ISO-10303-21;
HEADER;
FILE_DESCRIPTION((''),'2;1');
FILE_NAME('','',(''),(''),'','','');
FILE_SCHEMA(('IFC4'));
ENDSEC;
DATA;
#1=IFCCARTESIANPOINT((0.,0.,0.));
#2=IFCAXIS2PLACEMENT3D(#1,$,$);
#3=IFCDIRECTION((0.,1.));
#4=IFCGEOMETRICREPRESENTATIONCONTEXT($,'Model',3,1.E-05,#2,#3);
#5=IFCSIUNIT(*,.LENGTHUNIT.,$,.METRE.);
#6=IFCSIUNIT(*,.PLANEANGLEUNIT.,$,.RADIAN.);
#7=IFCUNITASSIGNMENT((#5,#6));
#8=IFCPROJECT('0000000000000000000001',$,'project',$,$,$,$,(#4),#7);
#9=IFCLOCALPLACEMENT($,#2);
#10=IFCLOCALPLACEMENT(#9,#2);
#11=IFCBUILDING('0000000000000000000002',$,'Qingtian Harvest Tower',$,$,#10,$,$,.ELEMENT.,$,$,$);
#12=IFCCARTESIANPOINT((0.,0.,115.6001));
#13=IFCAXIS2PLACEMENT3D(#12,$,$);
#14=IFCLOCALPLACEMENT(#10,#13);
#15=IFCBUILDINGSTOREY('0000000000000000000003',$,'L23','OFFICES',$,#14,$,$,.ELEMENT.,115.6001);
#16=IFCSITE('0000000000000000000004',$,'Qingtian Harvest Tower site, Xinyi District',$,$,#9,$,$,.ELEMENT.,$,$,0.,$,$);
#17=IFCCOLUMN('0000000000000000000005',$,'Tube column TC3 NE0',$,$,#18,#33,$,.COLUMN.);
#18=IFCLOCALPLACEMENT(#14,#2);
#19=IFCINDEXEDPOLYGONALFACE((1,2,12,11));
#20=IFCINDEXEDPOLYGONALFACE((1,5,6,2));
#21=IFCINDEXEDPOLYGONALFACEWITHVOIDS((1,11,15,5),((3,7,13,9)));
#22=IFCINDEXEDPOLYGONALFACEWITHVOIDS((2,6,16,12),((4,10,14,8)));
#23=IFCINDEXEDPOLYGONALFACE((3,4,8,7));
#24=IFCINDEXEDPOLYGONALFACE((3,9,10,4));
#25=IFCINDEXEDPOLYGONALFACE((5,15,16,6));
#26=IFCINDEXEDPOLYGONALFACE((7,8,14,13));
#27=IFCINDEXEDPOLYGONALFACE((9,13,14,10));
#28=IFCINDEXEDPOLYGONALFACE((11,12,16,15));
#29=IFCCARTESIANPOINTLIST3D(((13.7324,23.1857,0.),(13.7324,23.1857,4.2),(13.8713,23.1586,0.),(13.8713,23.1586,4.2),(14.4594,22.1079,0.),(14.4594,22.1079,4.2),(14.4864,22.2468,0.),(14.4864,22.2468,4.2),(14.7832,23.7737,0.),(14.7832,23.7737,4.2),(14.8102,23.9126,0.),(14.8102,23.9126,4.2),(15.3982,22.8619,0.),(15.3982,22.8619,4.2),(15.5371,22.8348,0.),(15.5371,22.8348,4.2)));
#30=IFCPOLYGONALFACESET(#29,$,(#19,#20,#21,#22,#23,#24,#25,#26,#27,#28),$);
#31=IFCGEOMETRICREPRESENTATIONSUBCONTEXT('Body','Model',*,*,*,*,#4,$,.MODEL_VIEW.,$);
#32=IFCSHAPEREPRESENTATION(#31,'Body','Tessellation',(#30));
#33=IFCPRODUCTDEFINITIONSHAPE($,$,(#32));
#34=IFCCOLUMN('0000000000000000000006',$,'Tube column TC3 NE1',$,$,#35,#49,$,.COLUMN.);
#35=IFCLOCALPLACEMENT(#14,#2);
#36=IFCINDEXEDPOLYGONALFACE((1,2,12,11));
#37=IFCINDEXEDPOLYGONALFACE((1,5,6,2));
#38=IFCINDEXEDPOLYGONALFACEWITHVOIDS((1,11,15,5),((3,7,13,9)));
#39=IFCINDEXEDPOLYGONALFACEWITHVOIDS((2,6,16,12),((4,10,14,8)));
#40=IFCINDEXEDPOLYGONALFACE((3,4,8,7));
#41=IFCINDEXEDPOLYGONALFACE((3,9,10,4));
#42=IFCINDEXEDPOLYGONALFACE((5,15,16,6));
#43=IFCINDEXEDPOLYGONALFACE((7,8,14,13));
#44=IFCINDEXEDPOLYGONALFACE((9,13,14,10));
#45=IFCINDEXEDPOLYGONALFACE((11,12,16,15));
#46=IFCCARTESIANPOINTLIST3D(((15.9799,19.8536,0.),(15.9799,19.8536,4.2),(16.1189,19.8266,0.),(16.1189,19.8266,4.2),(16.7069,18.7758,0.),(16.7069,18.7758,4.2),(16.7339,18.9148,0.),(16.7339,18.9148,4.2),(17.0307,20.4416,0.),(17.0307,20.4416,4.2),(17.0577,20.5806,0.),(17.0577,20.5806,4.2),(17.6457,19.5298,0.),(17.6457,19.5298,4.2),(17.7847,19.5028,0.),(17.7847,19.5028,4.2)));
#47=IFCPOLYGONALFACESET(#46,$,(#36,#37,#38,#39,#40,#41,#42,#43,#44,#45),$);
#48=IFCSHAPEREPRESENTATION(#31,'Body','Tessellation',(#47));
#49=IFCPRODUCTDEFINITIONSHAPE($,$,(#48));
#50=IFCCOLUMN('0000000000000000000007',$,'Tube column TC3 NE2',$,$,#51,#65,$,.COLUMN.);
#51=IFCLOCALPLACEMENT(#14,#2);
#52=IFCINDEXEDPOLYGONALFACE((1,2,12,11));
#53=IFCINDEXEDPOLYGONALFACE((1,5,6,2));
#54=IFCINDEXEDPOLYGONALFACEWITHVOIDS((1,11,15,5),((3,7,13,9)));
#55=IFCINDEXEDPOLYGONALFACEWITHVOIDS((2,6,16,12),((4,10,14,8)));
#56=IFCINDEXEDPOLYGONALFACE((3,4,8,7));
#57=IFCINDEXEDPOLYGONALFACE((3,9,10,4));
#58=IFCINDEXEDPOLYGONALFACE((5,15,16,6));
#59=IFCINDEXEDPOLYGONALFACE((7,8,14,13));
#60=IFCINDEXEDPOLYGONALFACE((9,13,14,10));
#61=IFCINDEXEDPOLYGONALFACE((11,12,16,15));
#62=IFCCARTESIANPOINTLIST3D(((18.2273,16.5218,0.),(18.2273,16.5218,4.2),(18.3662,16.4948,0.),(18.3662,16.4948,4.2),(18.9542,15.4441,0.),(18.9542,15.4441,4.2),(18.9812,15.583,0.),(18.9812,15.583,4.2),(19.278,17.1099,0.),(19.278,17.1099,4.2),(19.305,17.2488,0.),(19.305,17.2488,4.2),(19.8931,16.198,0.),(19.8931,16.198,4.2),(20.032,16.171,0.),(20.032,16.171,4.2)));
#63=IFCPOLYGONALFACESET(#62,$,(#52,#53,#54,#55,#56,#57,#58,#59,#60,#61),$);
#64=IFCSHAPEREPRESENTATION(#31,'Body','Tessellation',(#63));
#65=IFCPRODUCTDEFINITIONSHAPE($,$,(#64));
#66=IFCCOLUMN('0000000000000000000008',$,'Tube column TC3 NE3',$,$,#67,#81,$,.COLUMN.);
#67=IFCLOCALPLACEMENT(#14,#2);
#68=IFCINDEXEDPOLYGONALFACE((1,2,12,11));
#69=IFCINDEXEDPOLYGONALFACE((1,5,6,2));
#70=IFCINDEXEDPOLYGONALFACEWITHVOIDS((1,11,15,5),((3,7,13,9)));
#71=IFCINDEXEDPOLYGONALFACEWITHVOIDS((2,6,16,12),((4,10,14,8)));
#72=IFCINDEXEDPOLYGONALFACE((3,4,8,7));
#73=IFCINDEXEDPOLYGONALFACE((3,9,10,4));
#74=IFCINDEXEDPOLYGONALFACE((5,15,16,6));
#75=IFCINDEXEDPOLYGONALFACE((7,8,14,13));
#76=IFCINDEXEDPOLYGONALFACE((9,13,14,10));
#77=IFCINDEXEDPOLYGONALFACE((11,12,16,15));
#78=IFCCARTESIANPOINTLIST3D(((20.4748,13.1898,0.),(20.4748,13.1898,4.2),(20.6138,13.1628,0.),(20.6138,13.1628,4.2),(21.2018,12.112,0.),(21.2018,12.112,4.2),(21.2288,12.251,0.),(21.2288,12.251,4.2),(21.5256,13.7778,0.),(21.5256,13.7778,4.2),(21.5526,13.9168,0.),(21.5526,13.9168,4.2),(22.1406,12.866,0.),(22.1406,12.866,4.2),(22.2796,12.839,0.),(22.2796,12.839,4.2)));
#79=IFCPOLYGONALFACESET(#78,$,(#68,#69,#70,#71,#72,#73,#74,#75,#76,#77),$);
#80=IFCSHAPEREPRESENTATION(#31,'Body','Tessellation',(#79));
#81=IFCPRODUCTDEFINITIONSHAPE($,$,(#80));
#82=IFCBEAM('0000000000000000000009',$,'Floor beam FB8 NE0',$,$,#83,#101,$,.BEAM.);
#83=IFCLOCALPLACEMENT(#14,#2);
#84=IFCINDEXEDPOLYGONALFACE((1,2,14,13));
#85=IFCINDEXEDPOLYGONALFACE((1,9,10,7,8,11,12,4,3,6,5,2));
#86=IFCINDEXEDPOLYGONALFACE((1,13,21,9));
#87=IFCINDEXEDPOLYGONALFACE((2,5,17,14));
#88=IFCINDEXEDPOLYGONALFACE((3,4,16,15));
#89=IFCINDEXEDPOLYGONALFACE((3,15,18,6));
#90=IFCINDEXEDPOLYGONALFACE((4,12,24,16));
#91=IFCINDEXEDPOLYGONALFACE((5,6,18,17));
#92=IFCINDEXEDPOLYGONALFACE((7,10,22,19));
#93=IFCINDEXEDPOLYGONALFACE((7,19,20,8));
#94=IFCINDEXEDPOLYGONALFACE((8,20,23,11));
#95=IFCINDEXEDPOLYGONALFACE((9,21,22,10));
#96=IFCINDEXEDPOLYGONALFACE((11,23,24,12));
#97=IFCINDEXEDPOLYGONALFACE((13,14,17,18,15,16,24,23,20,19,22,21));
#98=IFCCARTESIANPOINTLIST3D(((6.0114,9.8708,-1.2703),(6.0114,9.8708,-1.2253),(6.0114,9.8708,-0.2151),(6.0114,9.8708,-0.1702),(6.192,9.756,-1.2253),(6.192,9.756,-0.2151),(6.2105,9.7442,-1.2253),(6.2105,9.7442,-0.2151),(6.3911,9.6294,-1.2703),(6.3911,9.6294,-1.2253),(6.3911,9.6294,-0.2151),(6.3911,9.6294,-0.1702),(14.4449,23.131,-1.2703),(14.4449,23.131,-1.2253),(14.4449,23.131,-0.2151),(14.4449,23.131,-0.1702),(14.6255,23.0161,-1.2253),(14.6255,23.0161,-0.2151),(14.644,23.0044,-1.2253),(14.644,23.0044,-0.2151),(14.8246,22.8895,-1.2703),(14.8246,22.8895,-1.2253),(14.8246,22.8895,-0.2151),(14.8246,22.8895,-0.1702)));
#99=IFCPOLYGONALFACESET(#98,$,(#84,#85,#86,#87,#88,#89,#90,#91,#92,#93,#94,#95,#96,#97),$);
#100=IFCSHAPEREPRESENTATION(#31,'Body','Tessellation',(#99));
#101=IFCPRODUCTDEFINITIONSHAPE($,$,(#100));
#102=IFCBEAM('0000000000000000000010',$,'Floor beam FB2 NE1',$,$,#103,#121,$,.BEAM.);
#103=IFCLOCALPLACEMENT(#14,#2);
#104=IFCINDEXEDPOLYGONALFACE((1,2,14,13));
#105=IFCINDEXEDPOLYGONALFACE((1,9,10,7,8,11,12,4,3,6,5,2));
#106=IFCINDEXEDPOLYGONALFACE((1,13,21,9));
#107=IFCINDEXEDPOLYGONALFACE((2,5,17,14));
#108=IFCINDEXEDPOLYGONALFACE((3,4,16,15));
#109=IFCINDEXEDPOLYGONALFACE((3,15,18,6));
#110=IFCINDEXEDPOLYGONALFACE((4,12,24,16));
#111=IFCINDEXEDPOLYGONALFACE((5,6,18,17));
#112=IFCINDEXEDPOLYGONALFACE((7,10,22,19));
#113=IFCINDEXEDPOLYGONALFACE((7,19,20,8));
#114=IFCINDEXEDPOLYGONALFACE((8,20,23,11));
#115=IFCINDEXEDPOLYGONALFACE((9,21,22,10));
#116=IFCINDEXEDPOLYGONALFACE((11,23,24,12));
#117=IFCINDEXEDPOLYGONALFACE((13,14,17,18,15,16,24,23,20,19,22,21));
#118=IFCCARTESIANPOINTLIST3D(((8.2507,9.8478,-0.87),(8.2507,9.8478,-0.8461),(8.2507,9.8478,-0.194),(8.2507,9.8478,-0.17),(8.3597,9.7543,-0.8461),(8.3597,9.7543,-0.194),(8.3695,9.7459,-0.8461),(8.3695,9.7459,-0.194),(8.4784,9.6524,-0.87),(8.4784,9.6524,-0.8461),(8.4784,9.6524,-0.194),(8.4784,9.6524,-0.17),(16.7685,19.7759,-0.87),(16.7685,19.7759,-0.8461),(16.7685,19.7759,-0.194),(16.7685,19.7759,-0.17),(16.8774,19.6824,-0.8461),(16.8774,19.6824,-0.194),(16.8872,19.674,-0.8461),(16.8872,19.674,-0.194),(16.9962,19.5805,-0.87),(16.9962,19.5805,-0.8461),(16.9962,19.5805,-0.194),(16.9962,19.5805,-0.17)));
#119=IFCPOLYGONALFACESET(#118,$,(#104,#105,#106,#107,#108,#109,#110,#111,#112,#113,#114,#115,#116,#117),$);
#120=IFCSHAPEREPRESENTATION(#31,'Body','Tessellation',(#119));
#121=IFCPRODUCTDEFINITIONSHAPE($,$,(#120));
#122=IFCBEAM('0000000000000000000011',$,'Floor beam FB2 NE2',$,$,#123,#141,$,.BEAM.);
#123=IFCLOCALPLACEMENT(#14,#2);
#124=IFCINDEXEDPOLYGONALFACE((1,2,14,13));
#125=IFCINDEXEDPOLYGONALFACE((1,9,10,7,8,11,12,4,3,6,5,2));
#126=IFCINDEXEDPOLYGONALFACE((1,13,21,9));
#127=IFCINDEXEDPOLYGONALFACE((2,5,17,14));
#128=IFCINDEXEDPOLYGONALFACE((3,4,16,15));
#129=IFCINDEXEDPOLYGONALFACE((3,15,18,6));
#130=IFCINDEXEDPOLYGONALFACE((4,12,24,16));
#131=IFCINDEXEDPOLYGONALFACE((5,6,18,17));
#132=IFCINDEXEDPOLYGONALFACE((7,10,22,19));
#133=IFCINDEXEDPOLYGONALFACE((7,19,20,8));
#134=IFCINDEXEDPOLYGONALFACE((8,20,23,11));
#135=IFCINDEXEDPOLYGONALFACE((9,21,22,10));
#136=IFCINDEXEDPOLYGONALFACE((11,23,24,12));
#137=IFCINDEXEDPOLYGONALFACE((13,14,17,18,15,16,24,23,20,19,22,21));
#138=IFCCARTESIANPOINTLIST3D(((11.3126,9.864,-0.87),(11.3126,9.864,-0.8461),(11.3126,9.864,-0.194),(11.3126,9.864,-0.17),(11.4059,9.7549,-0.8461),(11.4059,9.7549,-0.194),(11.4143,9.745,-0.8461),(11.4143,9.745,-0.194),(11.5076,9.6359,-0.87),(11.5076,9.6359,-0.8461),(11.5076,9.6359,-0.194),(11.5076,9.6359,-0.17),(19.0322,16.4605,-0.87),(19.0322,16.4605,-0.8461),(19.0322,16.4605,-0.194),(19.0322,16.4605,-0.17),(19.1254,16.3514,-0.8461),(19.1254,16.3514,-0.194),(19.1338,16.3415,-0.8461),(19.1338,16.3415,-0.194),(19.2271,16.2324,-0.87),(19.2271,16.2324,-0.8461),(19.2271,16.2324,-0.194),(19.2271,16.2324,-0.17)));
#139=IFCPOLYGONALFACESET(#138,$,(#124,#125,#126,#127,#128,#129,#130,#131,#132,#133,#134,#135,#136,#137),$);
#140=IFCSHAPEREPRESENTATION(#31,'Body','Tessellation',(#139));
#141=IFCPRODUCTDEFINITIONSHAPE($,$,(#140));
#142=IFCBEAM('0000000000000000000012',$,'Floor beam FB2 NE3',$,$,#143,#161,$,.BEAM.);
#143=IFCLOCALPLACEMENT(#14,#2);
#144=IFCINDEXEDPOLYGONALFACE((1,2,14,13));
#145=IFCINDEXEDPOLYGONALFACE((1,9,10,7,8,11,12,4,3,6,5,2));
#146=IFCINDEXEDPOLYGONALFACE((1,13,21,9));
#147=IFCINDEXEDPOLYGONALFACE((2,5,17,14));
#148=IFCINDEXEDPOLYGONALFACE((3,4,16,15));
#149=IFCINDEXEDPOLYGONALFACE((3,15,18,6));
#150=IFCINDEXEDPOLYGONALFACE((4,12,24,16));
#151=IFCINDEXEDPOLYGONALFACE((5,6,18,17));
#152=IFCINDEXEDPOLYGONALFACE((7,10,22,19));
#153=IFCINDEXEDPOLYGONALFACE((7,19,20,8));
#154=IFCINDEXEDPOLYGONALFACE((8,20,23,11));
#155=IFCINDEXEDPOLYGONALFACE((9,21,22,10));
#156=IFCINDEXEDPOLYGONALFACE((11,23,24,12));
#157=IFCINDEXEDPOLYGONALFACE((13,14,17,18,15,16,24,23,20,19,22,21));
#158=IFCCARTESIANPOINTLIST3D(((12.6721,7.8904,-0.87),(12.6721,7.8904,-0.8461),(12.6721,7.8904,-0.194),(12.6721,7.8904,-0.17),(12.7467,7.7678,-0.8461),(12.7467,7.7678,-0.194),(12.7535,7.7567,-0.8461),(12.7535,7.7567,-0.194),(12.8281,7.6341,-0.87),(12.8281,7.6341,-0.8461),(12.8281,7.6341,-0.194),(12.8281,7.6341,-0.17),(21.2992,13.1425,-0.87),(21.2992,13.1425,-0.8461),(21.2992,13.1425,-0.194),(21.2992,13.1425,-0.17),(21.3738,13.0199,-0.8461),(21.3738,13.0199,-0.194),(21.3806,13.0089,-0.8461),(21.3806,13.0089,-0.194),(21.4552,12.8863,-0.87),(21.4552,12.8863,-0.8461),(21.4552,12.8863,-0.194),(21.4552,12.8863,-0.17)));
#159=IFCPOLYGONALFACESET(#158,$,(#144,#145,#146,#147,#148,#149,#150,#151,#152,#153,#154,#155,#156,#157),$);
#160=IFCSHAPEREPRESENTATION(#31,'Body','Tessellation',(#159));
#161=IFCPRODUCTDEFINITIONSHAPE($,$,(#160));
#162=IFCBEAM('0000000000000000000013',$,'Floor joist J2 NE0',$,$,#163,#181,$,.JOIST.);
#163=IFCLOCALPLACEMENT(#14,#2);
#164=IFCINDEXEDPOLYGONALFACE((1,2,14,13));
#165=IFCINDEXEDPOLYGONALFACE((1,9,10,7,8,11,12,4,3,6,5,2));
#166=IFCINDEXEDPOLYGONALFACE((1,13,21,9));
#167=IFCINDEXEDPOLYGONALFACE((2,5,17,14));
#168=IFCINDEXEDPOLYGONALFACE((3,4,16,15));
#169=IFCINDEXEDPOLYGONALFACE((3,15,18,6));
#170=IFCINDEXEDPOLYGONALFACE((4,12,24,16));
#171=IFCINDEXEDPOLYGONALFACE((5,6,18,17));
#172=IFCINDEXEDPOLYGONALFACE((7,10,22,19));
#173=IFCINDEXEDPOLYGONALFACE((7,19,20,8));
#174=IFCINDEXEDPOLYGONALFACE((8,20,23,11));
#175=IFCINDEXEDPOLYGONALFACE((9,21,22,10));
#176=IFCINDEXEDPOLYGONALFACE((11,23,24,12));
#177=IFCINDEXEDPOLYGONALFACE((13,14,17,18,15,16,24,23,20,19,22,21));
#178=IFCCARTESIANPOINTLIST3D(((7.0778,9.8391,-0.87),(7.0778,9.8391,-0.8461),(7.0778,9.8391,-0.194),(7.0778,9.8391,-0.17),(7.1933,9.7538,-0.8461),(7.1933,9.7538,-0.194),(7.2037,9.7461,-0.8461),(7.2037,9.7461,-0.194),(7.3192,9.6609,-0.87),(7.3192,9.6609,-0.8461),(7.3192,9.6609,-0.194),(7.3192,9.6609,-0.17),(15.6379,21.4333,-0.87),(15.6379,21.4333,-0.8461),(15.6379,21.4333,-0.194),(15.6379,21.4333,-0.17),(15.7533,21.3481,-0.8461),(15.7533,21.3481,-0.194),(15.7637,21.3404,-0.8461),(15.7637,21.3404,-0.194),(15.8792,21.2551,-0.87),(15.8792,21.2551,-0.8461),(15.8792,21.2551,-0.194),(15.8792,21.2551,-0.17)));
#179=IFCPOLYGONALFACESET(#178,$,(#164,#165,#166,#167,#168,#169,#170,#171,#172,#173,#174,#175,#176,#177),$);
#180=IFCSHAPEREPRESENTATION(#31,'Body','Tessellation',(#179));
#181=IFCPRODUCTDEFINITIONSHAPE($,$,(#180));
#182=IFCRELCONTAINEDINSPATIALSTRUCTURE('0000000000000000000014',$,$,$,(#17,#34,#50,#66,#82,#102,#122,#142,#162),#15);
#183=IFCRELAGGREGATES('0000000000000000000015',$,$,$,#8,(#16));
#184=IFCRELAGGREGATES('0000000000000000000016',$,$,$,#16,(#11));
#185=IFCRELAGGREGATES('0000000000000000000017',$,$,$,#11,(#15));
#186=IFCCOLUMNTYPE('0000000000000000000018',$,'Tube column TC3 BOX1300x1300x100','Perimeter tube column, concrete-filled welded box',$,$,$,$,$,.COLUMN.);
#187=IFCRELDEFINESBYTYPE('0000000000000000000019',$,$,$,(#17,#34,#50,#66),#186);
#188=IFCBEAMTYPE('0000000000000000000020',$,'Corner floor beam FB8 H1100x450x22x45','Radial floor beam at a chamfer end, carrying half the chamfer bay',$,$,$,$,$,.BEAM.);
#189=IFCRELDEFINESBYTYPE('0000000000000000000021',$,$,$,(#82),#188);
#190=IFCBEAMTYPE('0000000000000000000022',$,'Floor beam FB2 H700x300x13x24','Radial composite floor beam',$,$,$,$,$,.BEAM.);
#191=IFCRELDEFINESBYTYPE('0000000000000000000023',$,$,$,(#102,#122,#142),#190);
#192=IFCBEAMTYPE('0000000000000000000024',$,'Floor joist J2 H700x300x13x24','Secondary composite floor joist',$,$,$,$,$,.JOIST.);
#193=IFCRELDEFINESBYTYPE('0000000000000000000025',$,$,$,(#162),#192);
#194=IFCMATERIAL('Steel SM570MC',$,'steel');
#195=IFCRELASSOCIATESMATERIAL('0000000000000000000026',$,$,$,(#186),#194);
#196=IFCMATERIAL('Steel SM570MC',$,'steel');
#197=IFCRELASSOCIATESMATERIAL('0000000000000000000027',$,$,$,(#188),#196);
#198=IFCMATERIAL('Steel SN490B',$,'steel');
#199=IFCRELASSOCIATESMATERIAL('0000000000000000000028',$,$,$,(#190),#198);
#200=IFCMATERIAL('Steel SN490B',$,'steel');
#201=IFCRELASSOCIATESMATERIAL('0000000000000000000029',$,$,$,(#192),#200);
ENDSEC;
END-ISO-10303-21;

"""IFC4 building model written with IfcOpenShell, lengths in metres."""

from ifc_helpers import new_model, si_unit, direction, frame, origin, origin_2d, place, context, subcontext, project, spatial, hollow_rectangle, i_section, extrude, material, material_profile, profile_set, type_object, element, save


model = new_model("IFC4")

# Units and contexts
model_context = context("Model", 3, precision=1e-05, world=origin(), true_north=direction((0.0, 1.0)))
body_context = subcontext(model_context, "Body", "Model", "MODEL_VIEW")
ifc_project = project(units=[si_unit("LENGTHUNIT", "METRE"), si_unit("PLANEANGLEUNIT", "RADIAN")], contexts=[model_context])

# Site, building, storey
site_placement = place(None, origin())
site = spatial("IfcSite", under=ifc_project, at=site_placement, Name="Qingtian Harvest Tower site, Xinyi District", CompositionType="ELEMENT", RefElevation=0.0)
building_placement = place(site_placement, origin())
building = spatial("IfcBuilding", under=site, at=building_placement, Name="Qingtian Harvest Tower", CompositionType="ELEMENT")
storey_placement = place(building_placement, frame((0.0, 0.0, 115.6001)))
storey = spatial("IfcBuildingStorey", under=building, at=storey_placement, Name="L23", Description="OFFICES", CompositionType="ELEMENT", Elevation=115.6001)

# Columns
ifc_material_1 = material(Name="Steel SM570MC", Category="steel")
ifc_material_profile_1 = material_profile(ifc_material_1, hollow_rectangle(XDim=1.3, YDim=1.3, WallThickness=0.1001, at=origin_2d()), Name="BOX1300x1300x100")
ifc_profile_set_1 = profile_set([ifc_material_profile_1], Name="Steel SM570MC")
column_type = type_object("IfcColumnType", Name="Tube column TC3 BOX1300x1300x100", Description="Perimeter tube column, concrete-filled welded box", PredefinedType="COLUMN", material=ifc_profile_set_1)
for number, where, z_axis, x_axis, name in (
    (1, (14.6348, 23.0103, 0.0), (0.0, 0.0, 1.0), (-0.559193, 0.829038, 0.0), "Tube column TC3 NE0"),
    (2, (16.8823, 19.6782, 0.0), (0.0, 0.0, 1.0), (-0.559193, 0.829038, 0.0), "Tube column TC3 NE1"),
    (3, (19.1296, 16.3464, 0.0), (0.0, 0.0, 1.0), (-0.559193, 0.829038, 0.0), "Tube column TC3 NE2"),
    (4, (21.3772, 13.0144, 0.0), (0.0, 0.0, 1.0), (-0.559193, 0.829038, 0.0), "Tube column TC3 NE3"),
):
    element("IfcColumn", number, at=place(storey_placement, frame(where, z_axis=z_axis, x_axis=x_axis)), inside=storey, type_object=column_type, Name=name, PredefinedType="COLUMN", context=body_context, shape_type="SweptSolid", body=[
        extrude(hollow_rectangle(XDim=1.3, YDim=1.3, WallThickness=0.1001, at=origin_2d()), origin(), (0.0, 0.0, 1.0), 4.2),
    ])

# Beams
ifc_material_2 = material(Name="Steel SM570MC", Category="steel")
ifc_material_profile_2 = material_profile(ifc_material_2, i_section(OverallWidth=0.45, OverallDepth=1.1001, WebThickness=0.022, FlangeThickness=0.0449, at=origin_2d()), Name="H1100x450x22x45")
ifc_profile_set_2 = profile_set([ifc_material_profile_2], Name="Steel SM570MC")
beam_type_1 = type_object("IfcBeamType", Name="Corner floor beam FB8 H1100x450x22x45", Description="Radial floor beam at a chamfer end, carrying half the chamfer bay", PredefinedType="BEAM", material=ifc_profile_set_2)
beam_1_placement = place(storey_placement, frame((14.6348, 23.0103, -0.7202), z_axis=(-0.53666, -0.843798, 0.0), x_axis=(0.843798, -0.53666, 0.0)))
element("IfcBeam", 5, at=beam_1_placement, inside=storey, type_object=beam_type_1, Name="Floor beam FB8 NE0", PredefinedType="BEAM", context=body_context, shape_type="SweptSolid", body=[
    extrude(i_section(OverallWidth=0.45, OverallDepth=1.1001, WebThickness=0.022, FlangeThickness=0.0449, at=origin_2d()), origin(), (0.0, 0.0, 1.0), 15.7148),
])
ifc_material_3 = material(Name="Steel SN490B", Category="steel")
ifc_material_profile_3 = material_profile(ifc_material_3, i_section(OverallWidth=0.3, OverallDepth=0.7, WebThickness=0.0129, FlangeThickness=0.0239, at=origin_2d()), Name="H700x300x13x24")
ifc_profile_set_3 = profile_set([ifc_material_profile_3], Name="Steel SN490B")
beam_type_2 = type_object("IfcBeamType", Name="Floor beam FB2 H700x300x13x24", Description="Radial composite floor beam", PredefinedType="BEAM", material=ifc_profile_set_3)
beam_2_placement = place(storey_placement, frame((16.8823, 19.6782, -0.52), z_axis=(-0.65114, -0.758957, 0.0), x_axis=(0.758957, -0.65114, 0.0)))
element("IfcBeam", 6, at=beam_2_placement, inside=storey, type_object=beam_type_2, Name="Floor beam FB2 NE1", PredefinedType="BEAM", context=body_context, shape_type="SweptSolid", body=[
    extrude(i_section(OverallWidth=0.3, OverallDepth=0.7, WebThickness=0.0129, FlangeThickness=0.0239, at=origin_2d()), origin(), (0.0, 0.0, 1.0), 13.0813),
])
beam_3_placement = place(storey_placement, frame((19.1296, 16.3464, -0.52), z_axis=(-0.760242, -0.64964, 0.0), x_axis=(0.64964, -0.760242, 0.0)))
element("IfcBeam", 7, at=beam_3_placement, inside=storey, type_object=beam_type_2, Name="Floor beam FB2 NE2", PredefinedType="BEAM", context=body_context, shape_type="SweptSolid", body=[
    extrude(i_section(OverallWidth=0.3, OverallDepth=0.7, WebThickness=0.0129, FlangeThickness=0.0239, at=origin_2d()), origin(), (0.0, 0.0, 1.0), 10.1541),
])
beam_4_placement = place(storey_placement, frame((21.3772, 13.0144, -0.52), z_axis=(-0.854161, -0.520009, 0.0), x_axis=(0.520009, -0.854161, 0.0)))
element("IfcBeam", 8, at=beam_4_placement, inside=storey, type_object=beam_type_2, Name="Floor beam FB2 NE3", PredefinedType="BEAM", context=body_context, shape_type="SweptSolid", body=[
    extrude(i_section(OverallWidth=0.3, OverallDepth=0.7, WebThickness=0.0129, FlangeThickness=0.0239, at=origin_2d()), origin(), (0.0, 0.0, 1.0), 10.1001),
])
ifc_material_4 = material(Name="Steel SN490B", Category="steel")
ifc_material_profile_4 = material_profile(ifc_material_4, i_section(OverallWidth=0.3, OverallDepth=0.7, WebThickness=0.0129, FlangeThickness=0.0239, at=origin_2d()), Name="H700x300x13x24")
ifc_profile_set_4 = profile_set([ifc_material_profile_4], Name="Steel SN490B")
beam_type_3 = type_object("IfcBeamType", Name="Floor joist J2 H700x300x13x24", Description="Secondary composite floor joist", PredefinedType="JOIST", material=ifc_profile_set_4)
beam_5_placement = place(storey_placement, frame((15.7585, 21.3442, -0.52), z_axis=(-0.59396, -0.804494, 0.0), x_axis=(0.804494, -0.59396, 0.0)))
element("IfcBeam", 9, at=beam_5_placement, inside=storey, type_object=beam_type_3, Name="Floor joist J2 NE0", PredefinedType="JOIST", context=body_context, shape_type="SweptSolid", body=[
    extrude(i_section(OverallWidth=0.3, OverallDepth=0.7, WebThickness=0.0129, FlangeThickness=0.0239, at=origin_2d()), origin(), (0.0, 0.0, 1.0), 14.4119),
])

save(model, "model.ifc")
